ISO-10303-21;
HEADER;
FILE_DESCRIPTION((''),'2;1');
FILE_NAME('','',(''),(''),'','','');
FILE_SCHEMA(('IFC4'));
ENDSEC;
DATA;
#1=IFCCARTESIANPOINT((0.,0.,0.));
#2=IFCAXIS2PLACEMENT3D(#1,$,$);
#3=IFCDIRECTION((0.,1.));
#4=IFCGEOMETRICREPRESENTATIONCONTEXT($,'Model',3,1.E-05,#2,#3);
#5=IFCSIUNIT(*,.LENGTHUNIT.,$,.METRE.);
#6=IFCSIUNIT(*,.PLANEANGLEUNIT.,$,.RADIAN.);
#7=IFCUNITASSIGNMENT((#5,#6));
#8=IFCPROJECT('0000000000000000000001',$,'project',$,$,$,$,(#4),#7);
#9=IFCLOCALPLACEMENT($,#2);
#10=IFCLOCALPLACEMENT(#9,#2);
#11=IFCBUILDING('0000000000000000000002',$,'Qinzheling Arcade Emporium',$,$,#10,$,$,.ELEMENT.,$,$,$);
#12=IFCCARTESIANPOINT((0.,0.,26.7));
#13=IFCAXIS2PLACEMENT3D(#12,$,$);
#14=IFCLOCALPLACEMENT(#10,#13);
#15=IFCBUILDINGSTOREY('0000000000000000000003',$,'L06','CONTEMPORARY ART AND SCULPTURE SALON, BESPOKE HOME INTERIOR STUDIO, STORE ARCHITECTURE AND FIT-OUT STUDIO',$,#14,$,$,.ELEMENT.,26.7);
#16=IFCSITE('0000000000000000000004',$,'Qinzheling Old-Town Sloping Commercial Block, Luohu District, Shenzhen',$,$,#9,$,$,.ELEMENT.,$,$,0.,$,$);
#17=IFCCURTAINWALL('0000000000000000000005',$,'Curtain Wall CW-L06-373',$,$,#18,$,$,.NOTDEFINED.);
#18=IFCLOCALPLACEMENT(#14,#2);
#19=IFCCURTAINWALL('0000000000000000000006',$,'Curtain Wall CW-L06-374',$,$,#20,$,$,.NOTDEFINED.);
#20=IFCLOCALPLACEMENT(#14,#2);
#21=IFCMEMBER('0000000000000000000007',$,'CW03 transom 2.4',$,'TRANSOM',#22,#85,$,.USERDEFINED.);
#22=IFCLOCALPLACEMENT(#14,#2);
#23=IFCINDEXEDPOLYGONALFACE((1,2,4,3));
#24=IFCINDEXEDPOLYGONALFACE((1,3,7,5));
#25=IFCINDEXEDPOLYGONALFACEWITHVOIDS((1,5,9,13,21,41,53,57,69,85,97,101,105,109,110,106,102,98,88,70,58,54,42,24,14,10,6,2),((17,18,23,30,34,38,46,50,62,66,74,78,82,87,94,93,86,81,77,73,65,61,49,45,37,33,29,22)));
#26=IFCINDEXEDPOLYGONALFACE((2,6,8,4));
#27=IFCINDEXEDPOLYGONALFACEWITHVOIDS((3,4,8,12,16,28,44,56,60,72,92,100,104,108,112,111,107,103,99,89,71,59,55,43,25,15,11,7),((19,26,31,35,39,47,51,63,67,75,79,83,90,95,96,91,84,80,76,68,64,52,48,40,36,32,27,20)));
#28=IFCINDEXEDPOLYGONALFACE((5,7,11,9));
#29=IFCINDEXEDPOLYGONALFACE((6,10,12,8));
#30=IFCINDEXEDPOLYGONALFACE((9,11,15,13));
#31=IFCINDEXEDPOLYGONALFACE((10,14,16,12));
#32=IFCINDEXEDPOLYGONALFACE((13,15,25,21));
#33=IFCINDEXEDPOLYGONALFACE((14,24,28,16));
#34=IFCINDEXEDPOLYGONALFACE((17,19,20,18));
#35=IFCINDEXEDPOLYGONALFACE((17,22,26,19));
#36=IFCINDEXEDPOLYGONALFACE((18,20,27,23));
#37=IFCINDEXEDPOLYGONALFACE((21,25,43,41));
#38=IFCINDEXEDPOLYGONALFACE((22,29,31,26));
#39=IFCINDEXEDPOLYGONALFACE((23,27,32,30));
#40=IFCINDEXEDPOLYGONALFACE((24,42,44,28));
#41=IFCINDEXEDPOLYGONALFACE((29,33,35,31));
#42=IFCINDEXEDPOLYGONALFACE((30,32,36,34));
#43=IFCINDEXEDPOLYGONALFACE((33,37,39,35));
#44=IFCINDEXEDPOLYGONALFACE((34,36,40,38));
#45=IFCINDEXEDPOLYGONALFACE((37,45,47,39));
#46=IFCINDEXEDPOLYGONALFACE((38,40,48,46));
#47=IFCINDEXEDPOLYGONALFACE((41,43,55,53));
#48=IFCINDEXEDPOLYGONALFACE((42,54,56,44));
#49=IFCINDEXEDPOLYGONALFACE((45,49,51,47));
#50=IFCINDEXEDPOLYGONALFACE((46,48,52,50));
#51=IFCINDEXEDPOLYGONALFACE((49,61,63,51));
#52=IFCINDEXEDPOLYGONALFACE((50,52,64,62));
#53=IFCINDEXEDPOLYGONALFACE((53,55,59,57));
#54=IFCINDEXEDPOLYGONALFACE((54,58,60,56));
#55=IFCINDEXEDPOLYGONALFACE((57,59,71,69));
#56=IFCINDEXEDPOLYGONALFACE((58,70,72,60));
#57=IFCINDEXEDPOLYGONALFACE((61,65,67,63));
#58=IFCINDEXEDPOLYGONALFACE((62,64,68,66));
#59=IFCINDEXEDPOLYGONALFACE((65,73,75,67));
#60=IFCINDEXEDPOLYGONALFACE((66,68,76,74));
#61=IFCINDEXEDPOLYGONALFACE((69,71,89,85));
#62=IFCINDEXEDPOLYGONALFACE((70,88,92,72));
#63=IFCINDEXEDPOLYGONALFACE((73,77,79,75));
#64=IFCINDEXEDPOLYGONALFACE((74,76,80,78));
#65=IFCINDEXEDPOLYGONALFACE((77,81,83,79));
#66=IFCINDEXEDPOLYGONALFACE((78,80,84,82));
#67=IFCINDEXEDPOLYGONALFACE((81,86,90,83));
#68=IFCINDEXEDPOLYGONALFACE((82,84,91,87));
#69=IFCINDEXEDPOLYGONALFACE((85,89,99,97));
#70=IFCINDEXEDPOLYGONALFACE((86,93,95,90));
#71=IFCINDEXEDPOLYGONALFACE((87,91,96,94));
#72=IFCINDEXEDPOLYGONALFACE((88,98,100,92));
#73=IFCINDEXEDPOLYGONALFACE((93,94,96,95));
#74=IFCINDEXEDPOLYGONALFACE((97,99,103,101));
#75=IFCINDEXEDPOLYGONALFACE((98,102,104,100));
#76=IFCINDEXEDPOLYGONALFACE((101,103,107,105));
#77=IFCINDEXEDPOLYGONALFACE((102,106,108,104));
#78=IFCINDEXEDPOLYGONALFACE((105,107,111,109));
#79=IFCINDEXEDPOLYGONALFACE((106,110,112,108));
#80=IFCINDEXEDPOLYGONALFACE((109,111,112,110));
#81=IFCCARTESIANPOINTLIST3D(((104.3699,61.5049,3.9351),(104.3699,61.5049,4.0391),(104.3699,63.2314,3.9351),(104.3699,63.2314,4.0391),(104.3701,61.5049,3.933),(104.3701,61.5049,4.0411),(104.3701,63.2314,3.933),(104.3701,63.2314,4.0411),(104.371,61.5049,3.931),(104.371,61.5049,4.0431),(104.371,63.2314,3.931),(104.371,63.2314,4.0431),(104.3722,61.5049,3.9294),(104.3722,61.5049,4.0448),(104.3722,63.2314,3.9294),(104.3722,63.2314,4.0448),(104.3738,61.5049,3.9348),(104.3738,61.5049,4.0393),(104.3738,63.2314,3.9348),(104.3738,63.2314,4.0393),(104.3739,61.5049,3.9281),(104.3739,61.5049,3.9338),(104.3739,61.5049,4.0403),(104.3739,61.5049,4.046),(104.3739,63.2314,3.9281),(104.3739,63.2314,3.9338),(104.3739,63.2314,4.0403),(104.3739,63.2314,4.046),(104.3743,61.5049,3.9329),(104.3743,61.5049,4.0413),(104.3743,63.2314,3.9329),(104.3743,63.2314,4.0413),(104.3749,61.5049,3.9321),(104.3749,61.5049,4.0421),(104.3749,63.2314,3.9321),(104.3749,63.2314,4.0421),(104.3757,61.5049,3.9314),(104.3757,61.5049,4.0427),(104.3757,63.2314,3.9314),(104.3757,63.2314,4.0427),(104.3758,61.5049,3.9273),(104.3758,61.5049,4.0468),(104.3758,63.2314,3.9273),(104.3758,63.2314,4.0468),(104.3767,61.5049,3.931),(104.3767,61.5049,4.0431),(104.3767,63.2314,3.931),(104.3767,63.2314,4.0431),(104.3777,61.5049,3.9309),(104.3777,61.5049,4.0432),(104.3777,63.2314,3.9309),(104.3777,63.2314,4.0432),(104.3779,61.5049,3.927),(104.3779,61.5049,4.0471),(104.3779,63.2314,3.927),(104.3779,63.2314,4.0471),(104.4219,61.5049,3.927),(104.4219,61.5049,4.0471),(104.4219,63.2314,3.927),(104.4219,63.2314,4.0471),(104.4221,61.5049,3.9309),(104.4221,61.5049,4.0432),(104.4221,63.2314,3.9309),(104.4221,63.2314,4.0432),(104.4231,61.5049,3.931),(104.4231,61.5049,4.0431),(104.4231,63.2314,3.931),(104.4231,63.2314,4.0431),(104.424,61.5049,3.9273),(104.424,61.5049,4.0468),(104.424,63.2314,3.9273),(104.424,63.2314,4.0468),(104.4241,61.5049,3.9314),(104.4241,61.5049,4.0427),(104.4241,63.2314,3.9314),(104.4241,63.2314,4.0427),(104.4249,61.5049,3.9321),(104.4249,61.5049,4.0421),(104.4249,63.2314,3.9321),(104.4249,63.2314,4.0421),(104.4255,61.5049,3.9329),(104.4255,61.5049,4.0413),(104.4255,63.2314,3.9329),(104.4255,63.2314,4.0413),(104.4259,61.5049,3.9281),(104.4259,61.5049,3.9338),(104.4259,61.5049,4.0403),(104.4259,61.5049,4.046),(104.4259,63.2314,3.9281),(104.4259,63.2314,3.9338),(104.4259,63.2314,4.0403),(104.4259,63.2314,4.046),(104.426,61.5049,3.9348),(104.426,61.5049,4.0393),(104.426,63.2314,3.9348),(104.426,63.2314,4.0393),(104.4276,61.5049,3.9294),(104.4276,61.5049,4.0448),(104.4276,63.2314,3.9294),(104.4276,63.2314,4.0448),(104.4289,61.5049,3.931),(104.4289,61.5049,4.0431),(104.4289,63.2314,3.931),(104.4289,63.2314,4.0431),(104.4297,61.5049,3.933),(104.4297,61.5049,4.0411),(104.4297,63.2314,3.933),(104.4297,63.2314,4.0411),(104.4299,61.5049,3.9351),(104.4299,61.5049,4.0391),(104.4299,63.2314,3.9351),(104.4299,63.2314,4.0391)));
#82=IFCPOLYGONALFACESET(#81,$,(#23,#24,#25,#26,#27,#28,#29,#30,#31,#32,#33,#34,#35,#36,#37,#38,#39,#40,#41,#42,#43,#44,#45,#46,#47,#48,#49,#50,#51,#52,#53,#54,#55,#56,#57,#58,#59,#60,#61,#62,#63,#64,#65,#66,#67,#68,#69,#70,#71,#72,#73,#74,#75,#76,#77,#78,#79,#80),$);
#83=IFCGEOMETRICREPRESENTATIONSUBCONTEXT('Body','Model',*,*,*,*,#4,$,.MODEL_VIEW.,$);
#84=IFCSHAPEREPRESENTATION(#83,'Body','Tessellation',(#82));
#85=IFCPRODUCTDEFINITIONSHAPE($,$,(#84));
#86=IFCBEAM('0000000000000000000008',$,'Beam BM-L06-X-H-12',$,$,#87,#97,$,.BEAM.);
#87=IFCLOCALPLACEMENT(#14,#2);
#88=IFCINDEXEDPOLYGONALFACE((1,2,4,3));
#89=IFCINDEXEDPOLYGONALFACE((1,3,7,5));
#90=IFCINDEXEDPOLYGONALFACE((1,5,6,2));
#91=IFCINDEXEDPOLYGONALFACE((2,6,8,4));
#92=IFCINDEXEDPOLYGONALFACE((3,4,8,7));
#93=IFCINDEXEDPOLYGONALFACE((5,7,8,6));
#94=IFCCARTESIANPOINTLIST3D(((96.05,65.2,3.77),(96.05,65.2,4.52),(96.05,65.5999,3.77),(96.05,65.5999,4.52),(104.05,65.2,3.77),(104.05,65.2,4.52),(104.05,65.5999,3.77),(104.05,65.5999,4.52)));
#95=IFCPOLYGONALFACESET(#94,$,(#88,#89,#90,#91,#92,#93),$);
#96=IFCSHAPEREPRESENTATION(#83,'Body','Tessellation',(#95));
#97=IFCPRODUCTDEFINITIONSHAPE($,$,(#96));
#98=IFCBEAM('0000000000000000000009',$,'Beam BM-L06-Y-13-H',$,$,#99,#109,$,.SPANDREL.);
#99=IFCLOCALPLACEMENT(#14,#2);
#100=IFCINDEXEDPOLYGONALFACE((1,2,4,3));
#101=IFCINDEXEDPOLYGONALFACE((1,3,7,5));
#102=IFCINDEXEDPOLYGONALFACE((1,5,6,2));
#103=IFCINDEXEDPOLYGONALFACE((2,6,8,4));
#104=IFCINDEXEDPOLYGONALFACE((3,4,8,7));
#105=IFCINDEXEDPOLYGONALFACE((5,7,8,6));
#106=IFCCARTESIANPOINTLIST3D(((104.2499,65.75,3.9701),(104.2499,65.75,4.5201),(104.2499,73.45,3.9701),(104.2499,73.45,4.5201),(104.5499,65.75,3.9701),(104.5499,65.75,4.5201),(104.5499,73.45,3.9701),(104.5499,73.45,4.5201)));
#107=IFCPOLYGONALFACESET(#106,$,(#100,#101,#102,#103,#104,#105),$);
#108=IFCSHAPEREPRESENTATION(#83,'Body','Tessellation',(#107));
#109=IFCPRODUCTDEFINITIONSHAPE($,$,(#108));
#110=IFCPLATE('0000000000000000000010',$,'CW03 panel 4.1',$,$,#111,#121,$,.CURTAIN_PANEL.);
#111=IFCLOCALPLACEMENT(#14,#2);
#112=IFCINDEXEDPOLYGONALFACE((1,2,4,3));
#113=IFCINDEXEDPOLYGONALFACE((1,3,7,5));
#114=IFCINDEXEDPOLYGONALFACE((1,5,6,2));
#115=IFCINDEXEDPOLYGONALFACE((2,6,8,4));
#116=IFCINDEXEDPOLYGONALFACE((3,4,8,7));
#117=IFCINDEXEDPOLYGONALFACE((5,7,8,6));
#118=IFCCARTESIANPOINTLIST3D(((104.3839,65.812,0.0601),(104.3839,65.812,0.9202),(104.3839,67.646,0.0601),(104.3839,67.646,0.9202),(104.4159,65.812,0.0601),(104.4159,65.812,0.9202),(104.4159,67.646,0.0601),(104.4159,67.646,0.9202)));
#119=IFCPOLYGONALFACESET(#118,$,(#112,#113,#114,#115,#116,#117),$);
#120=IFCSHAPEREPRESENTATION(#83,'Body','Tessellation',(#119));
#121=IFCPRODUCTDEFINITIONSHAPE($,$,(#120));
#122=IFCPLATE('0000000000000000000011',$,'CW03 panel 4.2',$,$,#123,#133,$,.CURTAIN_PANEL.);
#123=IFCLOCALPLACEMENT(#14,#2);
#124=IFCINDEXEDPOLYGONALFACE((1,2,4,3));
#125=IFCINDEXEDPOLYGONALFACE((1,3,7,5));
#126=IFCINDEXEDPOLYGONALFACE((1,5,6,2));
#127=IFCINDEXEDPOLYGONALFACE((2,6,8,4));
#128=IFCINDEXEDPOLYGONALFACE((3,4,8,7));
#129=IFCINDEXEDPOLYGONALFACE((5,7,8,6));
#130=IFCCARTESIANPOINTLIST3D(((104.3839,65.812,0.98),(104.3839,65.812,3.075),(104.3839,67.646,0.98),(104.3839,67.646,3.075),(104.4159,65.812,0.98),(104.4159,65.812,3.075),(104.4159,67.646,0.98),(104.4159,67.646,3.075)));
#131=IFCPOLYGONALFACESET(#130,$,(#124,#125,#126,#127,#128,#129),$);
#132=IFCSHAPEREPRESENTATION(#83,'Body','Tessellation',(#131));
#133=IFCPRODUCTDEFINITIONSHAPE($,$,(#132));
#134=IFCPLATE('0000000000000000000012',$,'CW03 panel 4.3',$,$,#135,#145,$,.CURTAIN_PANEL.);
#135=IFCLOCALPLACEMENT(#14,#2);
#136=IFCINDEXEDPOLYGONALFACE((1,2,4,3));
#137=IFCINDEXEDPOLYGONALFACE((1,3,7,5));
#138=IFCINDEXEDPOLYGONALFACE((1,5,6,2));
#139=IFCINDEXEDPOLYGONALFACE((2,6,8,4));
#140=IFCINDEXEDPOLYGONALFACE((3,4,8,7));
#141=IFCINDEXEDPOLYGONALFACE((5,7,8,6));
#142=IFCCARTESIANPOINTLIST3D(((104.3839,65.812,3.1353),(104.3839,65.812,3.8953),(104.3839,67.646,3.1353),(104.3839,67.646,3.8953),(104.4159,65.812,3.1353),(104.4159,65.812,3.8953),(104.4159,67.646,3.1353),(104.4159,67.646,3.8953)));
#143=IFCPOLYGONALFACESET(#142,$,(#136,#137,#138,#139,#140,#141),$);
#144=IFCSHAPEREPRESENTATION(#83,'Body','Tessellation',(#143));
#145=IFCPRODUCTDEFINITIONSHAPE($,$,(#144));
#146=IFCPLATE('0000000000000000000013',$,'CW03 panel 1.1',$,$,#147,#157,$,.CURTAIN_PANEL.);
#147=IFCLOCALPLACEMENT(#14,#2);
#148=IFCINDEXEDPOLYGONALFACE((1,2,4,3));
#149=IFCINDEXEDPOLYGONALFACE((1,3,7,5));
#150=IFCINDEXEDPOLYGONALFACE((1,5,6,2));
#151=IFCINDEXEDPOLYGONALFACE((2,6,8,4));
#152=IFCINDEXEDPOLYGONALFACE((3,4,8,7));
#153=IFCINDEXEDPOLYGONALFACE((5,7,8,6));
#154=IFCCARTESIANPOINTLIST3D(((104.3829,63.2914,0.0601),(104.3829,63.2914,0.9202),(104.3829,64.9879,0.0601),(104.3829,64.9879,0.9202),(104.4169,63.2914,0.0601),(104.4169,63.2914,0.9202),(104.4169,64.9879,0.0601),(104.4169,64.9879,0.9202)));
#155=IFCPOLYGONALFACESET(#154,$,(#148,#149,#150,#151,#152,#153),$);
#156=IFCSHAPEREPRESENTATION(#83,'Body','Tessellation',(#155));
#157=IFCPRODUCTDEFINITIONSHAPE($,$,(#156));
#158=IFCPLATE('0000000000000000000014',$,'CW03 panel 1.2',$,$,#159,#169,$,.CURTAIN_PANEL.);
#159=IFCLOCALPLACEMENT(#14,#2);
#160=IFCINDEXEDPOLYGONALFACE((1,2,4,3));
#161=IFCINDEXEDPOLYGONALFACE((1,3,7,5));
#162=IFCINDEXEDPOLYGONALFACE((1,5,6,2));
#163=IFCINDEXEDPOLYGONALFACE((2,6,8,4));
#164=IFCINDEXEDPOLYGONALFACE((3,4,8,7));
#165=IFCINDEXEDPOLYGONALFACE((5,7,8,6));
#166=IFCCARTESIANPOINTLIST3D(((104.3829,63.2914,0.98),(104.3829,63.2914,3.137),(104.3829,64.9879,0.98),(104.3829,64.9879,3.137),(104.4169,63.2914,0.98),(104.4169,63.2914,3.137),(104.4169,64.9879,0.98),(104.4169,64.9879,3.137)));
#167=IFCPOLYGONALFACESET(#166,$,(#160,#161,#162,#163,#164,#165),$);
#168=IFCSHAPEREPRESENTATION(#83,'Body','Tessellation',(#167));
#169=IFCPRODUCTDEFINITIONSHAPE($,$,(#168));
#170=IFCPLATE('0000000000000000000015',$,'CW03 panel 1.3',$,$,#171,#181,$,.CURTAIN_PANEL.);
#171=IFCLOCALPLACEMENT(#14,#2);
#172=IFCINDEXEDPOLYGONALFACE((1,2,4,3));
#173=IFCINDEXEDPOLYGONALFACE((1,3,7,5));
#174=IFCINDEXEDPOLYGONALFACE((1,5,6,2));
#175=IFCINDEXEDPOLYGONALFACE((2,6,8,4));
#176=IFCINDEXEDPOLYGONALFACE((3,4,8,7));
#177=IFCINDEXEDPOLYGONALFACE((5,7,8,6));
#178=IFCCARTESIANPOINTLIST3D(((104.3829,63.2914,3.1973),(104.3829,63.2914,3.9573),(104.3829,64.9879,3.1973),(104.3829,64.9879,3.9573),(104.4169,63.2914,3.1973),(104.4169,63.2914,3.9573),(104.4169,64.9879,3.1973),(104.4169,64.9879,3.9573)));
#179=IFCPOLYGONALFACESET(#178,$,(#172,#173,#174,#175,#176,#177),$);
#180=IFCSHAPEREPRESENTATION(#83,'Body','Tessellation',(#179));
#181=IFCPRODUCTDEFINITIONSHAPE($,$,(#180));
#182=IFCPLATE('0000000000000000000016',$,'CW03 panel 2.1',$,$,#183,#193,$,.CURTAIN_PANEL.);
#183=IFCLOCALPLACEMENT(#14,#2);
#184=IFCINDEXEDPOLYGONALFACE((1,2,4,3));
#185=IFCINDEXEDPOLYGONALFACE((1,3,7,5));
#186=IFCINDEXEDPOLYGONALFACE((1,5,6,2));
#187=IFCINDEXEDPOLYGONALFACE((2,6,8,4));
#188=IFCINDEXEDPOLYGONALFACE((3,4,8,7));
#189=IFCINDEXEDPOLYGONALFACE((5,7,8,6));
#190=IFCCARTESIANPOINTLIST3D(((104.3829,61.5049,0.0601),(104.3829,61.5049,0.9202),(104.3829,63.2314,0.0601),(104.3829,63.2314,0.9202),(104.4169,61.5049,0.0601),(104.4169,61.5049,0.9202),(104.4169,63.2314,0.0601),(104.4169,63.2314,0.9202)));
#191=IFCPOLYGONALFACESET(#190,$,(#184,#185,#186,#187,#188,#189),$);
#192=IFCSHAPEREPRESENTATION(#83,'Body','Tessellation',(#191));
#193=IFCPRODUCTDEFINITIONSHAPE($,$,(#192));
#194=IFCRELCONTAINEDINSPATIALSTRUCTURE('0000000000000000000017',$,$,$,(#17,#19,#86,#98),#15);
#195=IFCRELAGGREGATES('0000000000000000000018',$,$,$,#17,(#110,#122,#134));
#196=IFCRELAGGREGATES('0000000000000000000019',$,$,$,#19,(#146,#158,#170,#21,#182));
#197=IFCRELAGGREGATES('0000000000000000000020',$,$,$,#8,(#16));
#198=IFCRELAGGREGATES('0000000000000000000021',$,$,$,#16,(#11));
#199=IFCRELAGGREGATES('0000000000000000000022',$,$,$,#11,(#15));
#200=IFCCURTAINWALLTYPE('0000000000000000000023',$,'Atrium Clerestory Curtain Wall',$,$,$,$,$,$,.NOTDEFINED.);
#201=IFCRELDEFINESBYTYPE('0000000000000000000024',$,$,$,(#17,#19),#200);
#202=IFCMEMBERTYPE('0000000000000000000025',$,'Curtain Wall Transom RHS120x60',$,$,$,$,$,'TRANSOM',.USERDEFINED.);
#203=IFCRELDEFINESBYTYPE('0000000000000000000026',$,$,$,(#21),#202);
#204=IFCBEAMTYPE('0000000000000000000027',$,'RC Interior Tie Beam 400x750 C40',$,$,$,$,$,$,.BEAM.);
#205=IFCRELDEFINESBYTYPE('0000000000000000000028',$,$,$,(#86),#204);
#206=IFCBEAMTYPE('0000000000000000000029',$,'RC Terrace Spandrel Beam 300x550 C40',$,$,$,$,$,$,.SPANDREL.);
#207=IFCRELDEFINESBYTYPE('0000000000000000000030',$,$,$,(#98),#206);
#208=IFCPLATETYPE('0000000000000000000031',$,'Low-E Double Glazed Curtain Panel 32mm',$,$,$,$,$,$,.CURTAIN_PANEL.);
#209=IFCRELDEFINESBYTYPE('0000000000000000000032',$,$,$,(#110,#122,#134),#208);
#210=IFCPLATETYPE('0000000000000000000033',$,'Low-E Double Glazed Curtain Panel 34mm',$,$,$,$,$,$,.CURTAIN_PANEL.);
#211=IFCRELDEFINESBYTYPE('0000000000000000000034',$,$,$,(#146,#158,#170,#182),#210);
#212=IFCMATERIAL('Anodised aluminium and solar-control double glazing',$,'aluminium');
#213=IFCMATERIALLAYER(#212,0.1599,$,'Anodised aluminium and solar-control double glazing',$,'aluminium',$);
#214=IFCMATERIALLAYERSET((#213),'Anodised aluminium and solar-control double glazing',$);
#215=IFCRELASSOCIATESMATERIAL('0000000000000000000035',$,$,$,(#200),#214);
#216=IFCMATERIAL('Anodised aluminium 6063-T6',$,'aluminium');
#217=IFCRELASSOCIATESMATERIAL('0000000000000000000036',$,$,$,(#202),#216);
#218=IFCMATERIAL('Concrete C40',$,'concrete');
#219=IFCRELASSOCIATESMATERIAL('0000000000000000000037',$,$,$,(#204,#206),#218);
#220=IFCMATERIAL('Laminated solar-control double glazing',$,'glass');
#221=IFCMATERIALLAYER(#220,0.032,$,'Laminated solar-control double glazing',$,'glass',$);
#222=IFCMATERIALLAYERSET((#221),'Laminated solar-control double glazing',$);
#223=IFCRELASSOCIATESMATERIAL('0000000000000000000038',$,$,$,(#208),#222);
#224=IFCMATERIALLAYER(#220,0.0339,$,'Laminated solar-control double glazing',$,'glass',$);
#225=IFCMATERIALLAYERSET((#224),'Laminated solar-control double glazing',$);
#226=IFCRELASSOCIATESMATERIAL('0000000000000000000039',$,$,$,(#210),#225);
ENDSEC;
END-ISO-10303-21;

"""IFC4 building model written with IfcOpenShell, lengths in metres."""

from ifc_helpers import new_model, si_unit, direction, frame, origin, origin_2d, place, context, subcontext, project, spatial, rectangle, hollow_rectangle, extrude, material, layer, layer_set, material_profile, profile_set, type_object, element, aggregate, save


model = new_model("IFC4")

# Units and contexts
model_context = context("Model", 3, precision=1e-05, world=origin(), true_north=direction((0.0, 1.0)))
body_context = subcontext(model_context, "Body", "Model", "MODEL_VIEW")
ifc_project = project(units=[si_unit("LENGTHUNIT", "METRE"), si_unit("PLANEANGLEUNIT", "RADIAN")], contexts=[model_context])

# Site, building, storey
site_placement = place(None, origin())
site = spatial("IfcSite", under=ifc_project, at=site_placement, Name="Qinzheling Old-Town Sloping Commercial Block, Luohu District, Shenzhen", CompositionType="ELEMENT", RefElevation=0.0)
building_placement = place(site_placement, origin())
building = spatial("IfcBuilding", under=site, at=building_placement, Name="Qinzheling Arcade Emporium", CompositionType="ELEMENT")
storey_placement = place(building_placement, frame((0.0, 0.0, 26.7)))
storey = spatial("IfcBuildingStorey", under=building, at=storey_placement, Name="L06", Description="CONTEMPORARY ART AND SCULPTURE SALON, BESPOKE HOME INTERIOR STUDIO, STORE ARCHITECTURE AND FIT-OUT STUDIO", CompositionType="ELEMENT", Elevation=26.7)

# Shared definitions
ifc_material_1 = material(Name="Concrete C40", Category="concrete")

# Curtain wall
ifc_material_2 = material(Name="Anodised aluminium and solar-control double glazing", Category="aluminium")
ifc_layer_1 = layer(ifc_material_2, 0.1599, Name="Anodised aluminium and solar-control double glazing", Category="aluminium")
ifc_layer_set_1 = layer_set([ifc_layer_1], Name="Anodised aluminium and solar-control double glazing")
curtain_wall_type = type_object("IfcCurtainWallType", Name="Atrium Clerestory Curtain Wall", PredefinedType="NOTDEFINED", material=ifc_layer_set_1)
curtain_wall_1_placement = place(storey_placement, origin())
curtain_wall_1 = element("IfcCurtainWall", 1, at=curtain_wall_1_placement, inside=storey, type_object=curtain_wall_type, Name="Curtain Wall CW-L06-373", PredefinedType="NOTDEFINED")
ifc_material_3 = material(Name="Anodised aluminium 6063-T6", Category="aluminium")

# Curtain wall
curtain_wall_2_placement = place(storey_placement, origin())
curtain_wall_2 = element("IfcCurtainWall", 2, at=curtain_wall_2_placement, inside=storey, type_object=curtain_wall_type, Name="Curtain Wall CW-L06-374", PredefinedType="NOTDEFINED")

# Member
ifc_material_profile_1 = material_profile(ifc_material_3, hollow_rectangle(XDim=0.0601, YDim=0.1201, WallThickness=0.0039, InnerFilletRadius=0.0039, OuterFilletRadius=0.0081, at=origin_2d()), Name="RHS 120x60x4", Category="aluminium")
ifc_profile_set_1 = profile_set([ifc_material_profile_1], Name="Anodised aluminium 6063-T6")
member_type_1 = type_object("IfcMemberType", Name="Curtain Wall Transom RHS120x60", ElementType="TRANSOM", PredefinedType="USERDEFINED", material=ifc_profile_set_1)
member_1_placement = place(storey_placement, frame((104.3999, 63.2314, 3.9871), z_axis=(0.0, -1.0, 0.0), x_axis=(1.0, 0.0, 0.0)))
member_1 = element("IfcMember", 3, at=member_1_placement, type_object=member_type_1, Name="CW03 transom 2.4", ObjectType="TRANSOM", PredefinedType="USERDEFINED", context=body_context, shape_type="SweptSolid", body=[
    extrude(hollow_rectangle(XDim=0.0601, YDim=0.1201, WallThickness=0.0039, InnerFilletRadius=0.0039, OuterFilletRadius=0.0081, at=origin_2d()), origin(), (0.0, 0.0, 1.0), 1.7266),
])

# Beams
ifc_material_profile_2 = material_profile(ifc_material_1, rectangle(XDim=0.3999, YDim=0.75, at=origin_2d()), Name="RC 400x750", Category="concrete")
ifc_profile_set_2 = profile_set([ifc_material_profile_2], Name="Concrete C40")
beam_type_1 = type_object("IfcBeamType", Name="RC Interior Tie Beam 400x750 C40", PredefinedType="BEAM", material=ifc_profile_set_2)
beam_1_placement = place(storey_placement, frame((96.05, 65.3999, 4.145), z_axis=(1.0, 0.0, 0.0), x_axis=(0.0, 1.0, 0.0)))
element("IfcBeam", 4, at=beam_1_placement, inside=storey, type_object=beam_type_1, Name="Beam BM-L06-X-H-12", PredefinedType="BEAM", context=body_context, shape_type="SweptSolid", body=[
    extrude(rectangle(XDim=0.3999, YDim=0.75, at=origin_2d()), origin(), (0.0, 0.0, 1.0), 8.0),
])
ifc_material_profile_3 = material_profile(ifc_material_1, rectangle(XDim=0.3, YDim=0.55, at=origin_2d()), Name="RC 300x550", Category="concrete")
ifc_profile_set_3 = profile_set([ifc_material_profile_3], Name="Concrete C40")
beam_type_2 = type_object("IfcBeamType", Name="RC Terrace Spandrel Beam 300x550 C40", PredefinedType="SPANDREL", material=ifc_profile_set_3)
beam_2_placement = place(storey_placement, frame((104.3999, 65.75, 4.2451), z_axis=(0.0, 1.0, 0.0), x_axis=(-1.0, 0.0, 0.0)))
element("IfcBeam", 5, at=beam_2_placement, inside=storey, type_object=beam_type_2, Name="Beam BM-L06-Y-13-H", PredefinedType="SPANDREL", context=body_context, shape_type="SweptSolid", body=[
    extrude(rectangle(XDim=0.3, YDim=0.55, at=origin_2d()), origin(), (0.0, 0.0, 1.0), 7.7),
])

# Plates
ifc_material_4 = material(Name="Laminated solar-control double glazing", Category="glass")
ifc_layer_2 = layer(ifc_material_4, 0.032, Name="Laminated solar-control double glazing", Category="glass")
ifc_layer_set_2 = layer_set([ifc_layer_2], Name="Laminated solar-control double glazing")
plate_type_1 = type_object("IfcPlateType", Name="Low-E Double Glazed Curtain Panel 32mm", PredefinedType="CURTAIN_PANEL", material=ifc_layer_set_2)
plate_1_placement = place(storey_placement, frame((104.3999, 66.729, 0.0601), z_axis=(0.0, 0.0, 1.0), x_axis=(0.0, -1.0, 0.0)))
plate_1 = element("IfcPlate", 6, at=plate_1_placement, type_object=plate_type_1, Name="CW03 panel 4.1", PredefinedType="CURTAIN_PANEL", context=body_context, shape_type="SweptSolid", body=[
    extrude(rectangle(XDim=1.834, YDim=0.032, at=origin_2d()), origin(), (0.0, 0.0, 1.0), 0.8601),
])
plate_2_placement = place(storey_placement, frame((104.3999, 66.729, 0.98), z_axis=(0.0, 0.0, 1.0), x_axis=(0.0, -1.0, 0.0)))
plate_2 = element("IfcPlate", 7, at=plate_2_placement, type_object=plate_type_1, Name="CW03 panel 4.2", PredefinedType="CURTAIN_PANEL", context=body_context, shape_type="SweptSolid", body=[
    extrude(rectangle(XDim=1.834, YDim=0.032, at=origin_2d()), origin(), (0.0, 0.0, 1.0), 2.095),
])
plate_3_placement = place(storey_placement, frame((104.3999, 66.729, 3.1353), z_axis=(0.0, 0.0, 1.0), x_axis=(0.0, -1.0, 0.0)))
plate_3 = element("IfcPlate", 8, at=plate_3_placement, type_object=plate_type_1, Name="CW03 panel 4.3", PredefinedType="CURTAIN_PANEL", context=body_context, shape_type="SweptSolid", body=[
    extrude(rectangle(XDim=1.834, YDim=0.032, at=origin_2d()), origin(), (0.0, 0.0, 1.0), 0.76),
])
aggregate(curtain_wall_1, [plate_1, plate_2, plate_3])
ifc_layer_3 = layer(ifc_material_4, 0.0339, Name="Laminated solar-control double glazing", Category="glass")
ifc_layer_set_3 = layer_set([ifc_layer_3], Name="Laminated solar-control double glazing")
plate_type_2 = type_object("IfcPlateType", Name="Low-E Double Glazed Curtain Panel 34mm", PredefinedType="CURTAIN_PANEL", material=ifc_layer_set_3)
plate_4_placement = place(storey_placement, frame((104.3999, 64.1396, 0.0601), z_axis=(0.0, 0.0, 1.0), x_axis=(0.0, -1.0, 0.0)))
plate_4 = element("IfcPlate", 9, at=plate_4_placement, type_object=plate_type_2, Name="CW03 panel 1.1", PredefinedType="CURTAIN_PANEL", context=body_context, shape_type="SweptSolid", body=[
    extrude(rectangle(XDim=1.6965, YDim=0.0339, at=origin_2d()), origin(), (0.0, 0.0, 1.0), 0.8601),
])
plate_5_placement = place(storey_placement, frame((104.3999, 64.1396, 0.98), z_axis=(0.0, 0.0, 1.0), x_axis=(0.0, -1.0, 0.0)))
plate_5 = element("IfcPlate", 10, at=plate_5_placement, type_object=plate_type_2, Name="CW03 panel 1.2", PredefinedType="CURTAIN_PANEL", context=body_context, shape_type="SweptSolid", body=[
    extrude(rectangle(XDim=1.6965, YDim=0.0339, at=origin_2d()), origin(), (0.0, 0.0, 1.0), 2.157),
])
plate_6_placement = place(storey_placement, frame((104.3999, 64.1396, 3.1973), z_axis=(0.0, 0.0, 1.0), x_axis=(0.0, -1.0, 0.0)))
plate_6 = element("IfcPlate", 11, at=plate_6_placement, type_object=plate_type_2, Name="CW03 panel 1.3", PredefinedType="CURTAIN_PANEL", context=body_context, shape_type="SweptSolid", body=[
    extrude(rectangle(XDim=1.6965, YDim=0.0339, at=origin_2d()), origin(), (0.0, 0.0, 1.0), 0.76),
])
plate_7_placement = place(storey_placement, frame((104.3999, 62.3682, 0.0601), z_axis=(0.0, 0.0, 1.0), x_axis=(0.0, -1.0, 0.0)))
plate_7 = element("IfcPlate", 12, at=plate_7_placement, type_object=plate_type_2, Name="CW03 panel 2.1", PredefinedType="CURTAIN_PANEL", context=body_context, shape_type="SweptSolid", body=[
    extrude(rectangle(XDim=1.7266, YDim=0.0339, at=origin_2d()), origin(), (0.0, 0.0, 1.0), 0.8601),
])
aggregate(curtain_wall_2, [plate_4, plate_5, plate_6, member_1, plate_7])

save(model, "model.ifc")
